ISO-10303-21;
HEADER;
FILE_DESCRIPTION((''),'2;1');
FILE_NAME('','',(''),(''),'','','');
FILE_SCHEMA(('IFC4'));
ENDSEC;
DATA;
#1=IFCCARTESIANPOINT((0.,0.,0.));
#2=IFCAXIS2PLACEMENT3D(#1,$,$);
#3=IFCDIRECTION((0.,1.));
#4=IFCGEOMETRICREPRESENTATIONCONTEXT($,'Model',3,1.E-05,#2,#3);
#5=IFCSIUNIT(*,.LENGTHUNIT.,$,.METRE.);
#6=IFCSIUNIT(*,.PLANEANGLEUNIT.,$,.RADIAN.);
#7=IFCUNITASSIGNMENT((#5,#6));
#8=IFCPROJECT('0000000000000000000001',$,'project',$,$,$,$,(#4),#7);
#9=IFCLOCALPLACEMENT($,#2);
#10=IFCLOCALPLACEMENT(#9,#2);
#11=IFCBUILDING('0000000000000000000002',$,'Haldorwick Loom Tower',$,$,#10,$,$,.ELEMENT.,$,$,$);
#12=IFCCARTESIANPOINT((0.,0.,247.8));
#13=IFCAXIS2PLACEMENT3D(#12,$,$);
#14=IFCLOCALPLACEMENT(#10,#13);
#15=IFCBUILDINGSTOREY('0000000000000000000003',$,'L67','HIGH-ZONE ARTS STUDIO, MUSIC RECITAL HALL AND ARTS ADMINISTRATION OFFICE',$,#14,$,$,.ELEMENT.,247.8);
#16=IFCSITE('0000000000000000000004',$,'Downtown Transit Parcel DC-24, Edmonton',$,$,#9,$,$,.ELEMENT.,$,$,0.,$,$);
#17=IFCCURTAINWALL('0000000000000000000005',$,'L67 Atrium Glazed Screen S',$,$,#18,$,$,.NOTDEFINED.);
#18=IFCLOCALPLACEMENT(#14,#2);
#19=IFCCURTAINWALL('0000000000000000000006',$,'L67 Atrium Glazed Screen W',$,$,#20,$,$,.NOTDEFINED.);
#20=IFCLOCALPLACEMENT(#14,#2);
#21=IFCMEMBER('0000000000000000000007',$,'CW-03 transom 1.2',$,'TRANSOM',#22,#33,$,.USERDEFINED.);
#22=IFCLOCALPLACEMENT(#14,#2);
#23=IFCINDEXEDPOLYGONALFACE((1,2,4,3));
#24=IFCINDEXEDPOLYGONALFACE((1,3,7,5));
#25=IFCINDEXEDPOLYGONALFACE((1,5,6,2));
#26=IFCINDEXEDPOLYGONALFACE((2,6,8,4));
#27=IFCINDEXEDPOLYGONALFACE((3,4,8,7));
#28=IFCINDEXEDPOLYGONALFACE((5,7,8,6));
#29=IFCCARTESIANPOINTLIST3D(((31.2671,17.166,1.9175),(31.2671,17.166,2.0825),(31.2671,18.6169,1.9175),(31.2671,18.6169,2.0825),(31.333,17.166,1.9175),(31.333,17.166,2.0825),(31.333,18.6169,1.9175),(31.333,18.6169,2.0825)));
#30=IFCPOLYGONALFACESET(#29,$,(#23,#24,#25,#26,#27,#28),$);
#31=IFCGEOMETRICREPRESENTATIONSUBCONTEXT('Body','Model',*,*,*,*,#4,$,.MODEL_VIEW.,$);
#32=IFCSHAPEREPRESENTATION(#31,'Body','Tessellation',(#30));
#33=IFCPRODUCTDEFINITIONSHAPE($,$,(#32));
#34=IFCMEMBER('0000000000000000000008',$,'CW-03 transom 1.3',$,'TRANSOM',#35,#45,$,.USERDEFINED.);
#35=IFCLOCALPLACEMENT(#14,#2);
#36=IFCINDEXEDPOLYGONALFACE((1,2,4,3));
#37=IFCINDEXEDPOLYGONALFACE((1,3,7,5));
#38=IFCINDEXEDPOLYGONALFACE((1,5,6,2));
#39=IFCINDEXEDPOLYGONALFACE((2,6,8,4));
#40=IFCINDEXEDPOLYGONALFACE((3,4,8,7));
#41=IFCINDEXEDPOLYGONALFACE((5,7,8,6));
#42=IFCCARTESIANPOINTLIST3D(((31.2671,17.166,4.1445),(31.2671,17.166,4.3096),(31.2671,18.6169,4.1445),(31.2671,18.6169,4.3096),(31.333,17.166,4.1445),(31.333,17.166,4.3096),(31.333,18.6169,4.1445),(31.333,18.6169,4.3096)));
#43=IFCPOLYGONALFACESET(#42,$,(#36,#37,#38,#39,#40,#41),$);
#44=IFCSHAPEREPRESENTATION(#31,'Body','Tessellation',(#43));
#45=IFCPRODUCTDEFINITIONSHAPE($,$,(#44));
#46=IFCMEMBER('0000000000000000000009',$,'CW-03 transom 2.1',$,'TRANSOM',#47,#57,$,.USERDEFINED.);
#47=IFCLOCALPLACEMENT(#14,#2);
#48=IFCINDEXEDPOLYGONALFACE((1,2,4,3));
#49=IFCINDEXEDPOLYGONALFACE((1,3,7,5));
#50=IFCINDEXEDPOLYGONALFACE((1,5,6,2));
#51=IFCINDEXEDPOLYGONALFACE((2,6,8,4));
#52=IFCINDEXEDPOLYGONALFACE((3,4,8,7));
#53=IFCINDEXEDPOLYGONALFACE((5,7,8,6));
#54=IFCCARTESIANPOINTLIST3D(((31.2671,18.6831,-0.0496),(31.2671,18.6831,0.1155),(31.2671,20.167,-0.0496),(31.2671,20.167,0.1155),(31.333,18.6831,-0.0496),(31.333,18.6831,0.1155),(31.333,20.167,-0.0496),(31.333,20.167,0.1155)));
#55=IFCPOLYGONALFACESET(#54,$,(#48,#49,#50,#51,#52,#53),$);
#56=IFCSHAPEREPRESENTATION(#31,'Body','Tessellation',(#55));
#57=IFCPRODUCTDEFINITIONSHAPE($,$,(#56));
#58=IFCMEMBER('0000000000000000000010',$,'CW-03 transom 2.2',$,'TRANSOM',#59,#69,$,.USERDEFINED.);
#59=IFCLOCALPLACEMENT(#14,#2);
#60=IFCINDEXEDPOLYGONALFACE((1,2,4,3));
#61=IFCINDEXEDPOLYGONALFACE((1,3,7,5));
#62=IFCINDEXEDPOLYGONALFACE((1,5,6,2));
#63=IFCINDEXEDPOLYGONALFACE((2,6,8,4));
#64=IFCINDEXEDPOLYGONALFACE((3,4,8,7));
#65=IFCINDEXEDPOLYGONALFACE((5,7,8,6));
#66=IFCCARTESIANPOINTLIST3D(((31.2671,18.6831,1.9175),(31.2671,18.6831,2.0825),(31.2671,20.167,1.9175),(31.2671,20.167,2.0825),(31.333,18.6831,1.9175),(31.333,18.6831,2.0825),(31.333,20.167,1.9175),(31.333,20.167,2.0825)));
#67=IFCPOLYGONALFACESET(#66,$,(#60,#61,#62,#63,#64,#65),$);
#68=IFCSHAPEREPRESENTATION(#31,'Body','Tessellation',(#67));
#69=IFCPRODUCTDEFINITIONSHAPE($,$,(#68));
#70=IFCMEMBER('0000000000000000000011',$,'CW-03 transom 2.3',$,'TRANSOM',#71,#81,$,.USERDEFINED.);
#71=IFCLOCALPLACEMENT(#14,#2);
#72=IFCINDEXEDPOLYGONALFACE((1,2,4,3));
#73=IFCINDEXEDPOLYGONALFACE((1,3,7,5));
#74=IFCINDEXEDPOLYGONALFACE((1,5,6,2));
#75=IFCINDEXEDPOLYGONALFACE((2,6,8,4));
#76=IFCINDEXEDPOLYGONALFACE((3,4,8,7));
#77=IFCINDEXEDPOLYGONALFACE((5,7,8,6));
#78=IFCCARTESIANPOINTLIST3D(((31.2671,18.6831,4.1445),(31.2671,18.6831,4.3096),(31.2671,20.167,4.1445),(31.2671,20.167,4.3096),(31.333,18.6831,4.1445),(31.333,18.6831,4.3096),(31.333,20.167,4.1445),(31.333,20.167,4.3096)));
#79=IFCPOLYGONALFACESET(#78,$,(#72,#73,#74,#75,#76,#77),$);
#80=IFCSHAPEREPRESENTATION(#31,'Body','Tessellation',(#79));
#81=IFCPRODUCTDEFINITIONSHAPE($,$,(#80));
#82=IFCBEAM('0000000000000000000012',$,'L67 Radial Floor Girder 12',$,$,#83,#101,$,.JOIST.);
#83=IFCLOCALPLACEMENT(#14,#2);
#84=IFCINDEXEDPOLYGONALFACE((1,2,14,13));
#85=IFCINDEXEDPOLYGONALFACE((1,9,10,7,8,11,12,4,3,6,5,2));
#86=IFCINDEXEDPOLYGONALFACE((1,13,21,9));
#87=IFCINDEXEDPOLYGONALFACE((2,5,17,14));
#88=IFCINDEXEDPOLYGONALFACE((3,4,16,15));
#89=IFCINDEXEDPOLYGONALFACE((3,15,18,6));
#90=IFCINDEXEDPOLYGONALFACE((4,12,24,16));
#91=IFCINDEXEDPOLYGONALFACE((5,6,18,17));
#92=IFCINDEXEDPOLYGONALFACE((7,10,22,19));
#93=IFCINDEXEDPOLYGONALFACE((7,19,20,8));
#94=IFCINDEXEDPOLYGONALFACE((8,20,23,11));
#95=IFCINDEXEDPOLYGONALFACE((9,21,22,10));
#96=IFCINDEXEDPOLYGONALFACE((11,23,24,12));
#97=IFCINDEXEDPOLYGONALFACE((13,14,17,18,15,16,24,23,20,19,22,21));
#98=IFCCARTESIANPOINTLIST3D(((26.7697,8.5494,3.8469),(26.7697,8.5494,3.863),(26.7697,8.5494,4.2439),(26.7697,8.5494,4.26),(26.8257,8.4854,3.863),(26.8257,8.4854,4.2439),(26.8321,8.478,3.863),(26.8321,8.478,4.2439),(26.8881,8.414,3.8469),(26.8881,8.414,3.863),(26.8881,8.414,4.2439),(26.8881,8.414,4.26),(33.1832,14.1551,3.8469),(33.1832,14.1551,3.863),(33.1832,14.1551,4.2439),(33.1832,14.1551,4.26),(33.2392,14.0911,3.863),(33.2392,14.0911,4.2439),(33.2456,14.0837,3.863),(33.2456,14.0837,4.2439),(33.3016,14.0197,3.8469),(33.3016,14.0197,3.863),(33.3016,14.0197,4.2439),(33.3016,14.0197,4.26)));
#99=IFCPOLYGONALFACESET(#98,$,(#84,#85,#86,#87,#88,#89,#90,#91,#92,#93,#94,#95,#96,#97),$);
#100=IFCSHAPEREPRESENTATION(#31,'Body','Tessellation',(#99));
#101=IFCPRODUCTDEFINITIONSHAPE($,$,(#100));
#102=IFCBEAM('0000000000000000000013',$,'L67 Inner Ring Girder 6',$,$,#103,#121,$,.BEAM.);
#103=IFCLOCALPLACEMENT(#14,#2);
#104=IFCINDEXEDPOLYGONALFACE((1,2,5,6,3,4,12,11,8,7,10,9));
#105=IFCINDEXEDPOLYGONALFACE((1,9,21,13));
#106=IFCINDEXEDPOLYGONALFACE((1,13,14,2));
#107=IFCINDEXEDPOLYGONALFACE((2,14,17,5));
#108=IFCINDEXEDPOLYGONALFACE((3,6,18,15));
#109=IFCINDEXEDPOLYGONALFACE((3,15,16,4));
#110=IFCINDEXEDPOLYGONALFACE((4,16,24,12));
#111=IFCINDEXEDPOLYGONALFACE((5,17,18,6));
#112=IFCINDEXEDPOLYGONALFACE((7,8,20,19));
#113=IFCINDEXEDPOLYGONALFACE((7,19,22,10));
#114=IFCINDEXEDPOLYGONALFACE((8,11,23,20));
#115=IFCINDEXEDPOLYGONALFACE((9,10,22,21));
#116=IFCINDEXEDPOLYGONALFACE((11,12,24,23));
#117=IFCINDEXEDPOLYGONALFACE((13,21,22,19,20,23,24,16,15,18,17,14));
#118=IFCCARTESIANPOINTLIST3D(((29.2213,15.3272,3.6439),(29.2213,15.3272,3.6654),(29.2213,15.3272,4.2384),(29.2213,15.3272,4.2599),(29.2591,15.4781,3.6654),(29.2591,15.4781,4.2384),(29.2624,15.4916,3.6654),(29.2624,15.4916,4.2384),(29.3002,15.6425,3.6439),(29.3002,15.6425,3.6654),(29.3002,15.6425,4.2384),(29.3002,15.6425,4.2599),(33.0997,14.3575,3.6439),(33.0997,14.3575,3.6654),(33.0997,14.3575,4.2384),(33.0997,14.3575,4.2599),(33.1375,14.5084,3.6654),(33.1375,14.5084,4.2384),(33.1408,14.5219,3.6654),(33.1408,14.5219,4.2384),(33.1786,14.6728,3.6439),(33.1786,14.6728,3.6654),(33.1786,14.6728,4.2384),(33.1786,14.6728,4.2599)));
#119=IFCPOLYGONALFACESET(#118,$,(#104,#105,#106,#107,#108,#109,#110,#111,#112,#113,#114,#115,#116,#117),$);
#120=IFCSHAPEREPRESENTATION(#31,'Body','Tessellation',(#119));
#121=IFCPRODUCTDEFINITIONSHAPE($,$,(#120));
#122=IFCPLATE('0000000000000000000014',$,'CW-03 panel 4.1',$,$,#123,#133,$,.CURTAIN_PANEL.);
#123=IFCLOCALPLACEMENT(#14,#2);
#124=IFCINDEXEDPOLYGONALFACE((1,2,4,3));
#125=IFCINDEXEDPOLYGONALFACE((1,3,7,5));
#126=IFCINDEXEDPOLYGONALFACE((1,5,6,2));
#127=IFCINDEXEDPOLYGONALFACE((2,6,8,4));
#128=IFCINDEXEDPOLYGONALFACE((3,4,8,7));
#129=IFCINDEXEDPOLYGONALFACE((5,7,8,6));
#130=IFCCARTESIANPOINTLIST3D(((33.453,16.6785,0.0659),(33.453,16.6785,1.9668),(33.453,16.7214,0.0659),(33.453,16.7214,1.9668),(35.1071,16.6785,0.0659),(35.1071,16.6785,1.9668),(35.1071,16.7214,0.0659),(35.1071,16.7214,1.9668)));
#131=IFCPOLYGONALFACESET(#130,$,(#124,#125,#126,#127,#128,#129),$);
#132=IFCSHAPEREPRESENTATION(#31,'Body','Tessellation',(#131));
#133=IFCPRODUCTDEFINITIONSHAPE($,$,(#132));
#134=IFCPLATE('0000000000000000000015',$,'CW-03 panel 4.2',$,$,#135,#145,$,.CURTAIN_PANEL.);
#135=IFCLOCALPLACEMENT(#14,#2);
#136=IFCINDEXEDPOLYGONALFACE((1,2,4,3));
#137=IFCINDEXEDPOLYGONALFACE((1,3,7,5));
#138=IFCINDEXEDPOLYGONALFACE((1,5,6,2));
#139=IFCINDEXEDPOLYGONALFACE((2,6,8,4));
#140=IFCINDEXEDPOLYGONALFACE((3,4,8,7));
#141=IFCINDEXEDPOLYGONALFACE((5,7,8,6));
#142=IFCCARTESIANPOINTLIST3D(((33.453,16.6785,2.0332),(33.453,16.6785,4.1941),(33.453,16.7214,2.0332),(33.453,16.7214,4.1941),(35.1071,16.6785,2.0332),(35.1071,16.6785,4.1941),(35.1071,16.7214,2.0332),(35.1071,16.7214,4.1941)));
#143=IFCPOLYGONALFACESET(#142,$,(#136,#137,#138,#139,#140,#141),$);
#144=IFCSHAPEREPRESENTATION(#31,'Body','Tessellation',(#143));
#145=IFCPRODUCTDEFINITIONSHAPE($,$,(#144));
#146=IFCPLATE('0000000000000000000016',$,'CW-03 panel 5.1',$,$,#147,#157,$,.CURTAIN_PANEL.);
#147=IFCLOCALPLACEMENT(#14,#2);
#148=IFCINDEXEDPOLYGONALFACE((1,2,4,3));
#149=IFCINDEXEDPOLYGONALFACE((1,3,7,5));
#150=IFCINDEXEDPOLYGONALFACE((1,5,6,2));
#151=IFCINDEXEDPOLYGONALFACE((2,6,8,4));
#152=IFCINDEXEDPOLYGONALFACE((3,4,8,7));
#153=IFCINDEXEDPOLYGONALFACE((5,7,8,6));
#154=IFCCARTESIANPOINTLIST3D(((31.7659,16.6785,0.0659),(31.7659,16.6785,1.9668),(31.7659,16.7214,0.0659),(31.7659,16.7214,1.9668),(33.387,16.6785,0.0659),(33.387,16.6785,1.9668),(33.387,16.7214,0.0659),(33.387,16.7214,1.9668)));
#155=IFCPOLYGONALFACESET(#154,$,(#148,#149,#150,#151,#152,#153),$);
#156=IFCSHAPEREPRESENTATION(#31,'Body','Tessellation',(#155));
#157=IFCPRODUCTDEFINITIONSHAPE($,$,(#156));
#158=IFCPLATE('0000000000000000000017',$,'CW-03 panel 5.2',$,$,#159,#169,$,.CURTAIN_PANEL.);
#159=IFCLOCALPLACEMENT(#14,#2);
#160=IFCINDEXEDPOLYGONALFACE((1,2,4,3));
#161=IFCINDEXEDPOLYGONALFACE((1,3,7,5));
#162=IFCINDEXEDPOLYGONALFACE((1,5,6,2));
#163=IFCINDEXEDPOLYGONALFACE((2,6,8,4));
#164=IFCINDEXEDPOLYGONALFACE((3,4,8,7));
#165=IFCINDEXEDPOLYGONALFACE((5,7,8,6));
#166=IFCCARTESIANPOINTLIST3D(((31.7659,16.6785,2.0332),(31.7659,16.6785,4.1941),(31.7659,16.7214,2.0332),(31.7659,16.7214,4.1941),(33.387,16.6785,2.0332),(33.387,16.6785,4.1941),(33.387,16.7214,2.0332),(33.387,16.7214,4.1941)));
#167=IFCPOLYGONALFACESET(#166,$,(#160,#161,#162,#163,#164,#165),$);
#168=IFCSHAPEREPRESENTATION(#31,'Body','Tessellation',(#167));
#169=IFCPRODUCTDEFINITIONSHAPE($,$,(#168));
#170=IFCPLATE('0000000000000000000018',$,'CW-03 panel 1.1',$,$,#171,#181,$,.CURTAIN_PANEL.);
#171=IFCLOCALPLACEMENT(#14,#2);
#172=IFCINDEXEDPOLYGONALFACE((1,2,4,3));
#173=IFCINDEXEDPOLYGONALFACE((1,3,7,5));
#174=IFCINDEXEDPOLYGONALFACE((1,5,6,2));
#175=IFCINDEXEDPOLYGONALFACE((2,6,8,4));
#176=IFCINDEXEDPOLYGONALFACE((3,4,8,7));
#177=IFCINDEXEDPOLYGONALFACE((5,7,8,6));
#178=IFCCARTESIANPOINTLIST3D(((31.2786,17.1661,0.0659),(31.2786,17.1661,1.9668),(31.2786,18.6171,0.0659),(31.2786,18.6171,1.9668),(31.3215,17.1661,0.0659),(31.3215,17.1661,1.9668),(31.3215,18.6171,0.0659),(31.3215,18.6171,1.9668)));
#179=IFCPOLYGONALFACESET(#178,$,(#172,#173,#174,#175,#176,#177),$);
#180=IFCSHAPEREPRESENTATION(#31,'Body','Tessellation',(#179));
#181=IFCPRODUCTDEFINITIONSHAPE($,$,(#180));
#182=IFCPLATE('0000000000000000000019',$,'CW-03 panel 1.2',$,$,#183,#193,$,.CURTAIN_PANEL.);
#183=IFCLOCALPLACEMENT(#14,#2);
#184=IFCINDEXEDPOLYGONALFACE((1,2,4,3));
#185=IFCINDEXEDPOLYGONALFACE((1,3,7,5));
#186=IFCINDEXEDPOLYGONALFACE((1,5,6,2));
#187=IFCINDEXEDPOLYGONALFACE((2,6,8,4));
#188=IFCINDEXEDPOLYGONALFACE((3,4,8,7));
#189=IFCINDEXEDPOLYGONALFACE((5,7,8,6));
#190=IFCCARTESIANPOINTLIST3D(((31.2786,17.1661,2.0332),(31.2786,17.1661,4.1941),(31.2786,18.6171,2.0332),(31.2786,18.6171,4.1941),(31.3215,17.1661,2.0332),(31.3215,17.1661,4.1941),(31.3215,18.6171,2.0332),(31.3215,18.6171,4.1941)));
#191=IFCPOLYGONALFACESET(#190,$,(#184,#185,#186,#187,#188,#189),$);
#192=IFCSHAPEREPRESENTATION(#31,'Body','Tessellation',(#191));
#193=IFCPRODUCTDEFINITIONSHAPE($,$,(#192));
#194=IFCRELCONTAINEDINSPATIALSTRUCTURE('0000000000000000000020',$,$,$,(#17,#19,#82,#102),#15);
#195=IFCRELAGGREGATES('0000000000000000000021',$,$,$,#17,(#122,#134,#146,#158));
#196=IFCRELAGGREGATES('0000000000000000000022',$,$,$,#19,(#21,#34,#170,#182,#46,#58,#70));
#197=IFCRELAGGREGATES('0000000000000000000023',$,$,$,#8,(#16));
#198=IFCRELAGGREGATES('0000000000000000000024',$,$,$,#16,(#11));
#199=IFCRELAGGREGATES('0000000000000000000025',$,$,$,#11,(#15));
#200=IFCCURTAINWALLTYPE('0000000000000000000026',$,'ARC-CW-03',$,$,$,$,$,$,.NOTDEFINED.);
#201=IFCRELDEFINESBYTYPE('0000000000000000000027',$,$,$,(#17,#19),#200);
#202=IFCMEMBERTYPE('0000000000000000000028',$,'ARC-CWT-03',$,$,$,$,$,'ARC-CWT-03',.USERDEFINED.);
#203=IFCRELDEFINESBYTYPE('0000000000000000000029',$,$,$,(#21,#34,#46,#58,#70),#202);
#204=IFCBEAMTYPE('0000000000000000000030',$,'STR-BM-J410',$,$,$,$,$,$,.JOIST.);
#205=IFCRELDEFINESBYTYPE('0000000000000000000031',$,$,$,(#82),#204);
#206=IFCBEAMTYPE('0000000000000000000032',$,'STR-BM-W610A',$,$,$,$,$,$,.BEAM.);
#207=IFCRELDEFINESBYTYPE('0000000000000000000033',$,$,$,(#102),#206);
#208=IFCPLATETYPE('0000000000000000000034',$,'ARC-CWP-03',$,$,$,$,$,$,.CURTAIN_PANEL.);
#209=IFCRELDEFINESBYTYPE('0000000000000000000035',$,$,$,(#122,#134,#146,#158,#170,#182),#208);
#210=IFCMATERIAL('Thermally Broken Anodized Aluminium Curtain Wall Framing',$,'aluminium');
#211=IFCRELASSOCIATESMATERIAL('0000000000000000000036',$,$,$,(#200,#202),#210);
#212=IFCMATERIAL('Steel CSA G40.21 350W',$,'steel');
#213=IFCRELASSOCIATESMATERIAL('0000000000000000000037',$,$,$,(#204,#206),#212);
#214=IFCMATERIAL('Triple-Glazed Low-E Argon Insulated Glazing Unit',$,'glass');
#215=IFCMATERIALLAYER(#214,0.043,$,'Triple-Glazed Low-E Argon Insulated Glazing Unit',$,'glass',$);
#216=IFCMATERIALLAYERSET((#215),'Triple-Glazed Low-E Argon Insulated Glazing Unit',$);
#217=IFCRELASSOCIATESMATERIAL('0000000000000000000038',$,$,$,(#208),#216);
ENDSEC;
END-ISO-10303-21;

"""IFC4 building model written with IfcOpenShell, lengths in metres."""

from ifc_helpers import new_model, si_unit, direction, frame, origin, origin_2d, place, context, subcontext, project, spatial, rectangle, i_section, extrude, material, layer, layer_set, material_profile, profile_set, type_object, element, aggregate, save


model = new_model("IFC4")

# Units and contexts
model_context = context("Model", 3, precision=1e-05, world=origin(), true_north=direction((0.0, 1.0)))
body_context = subcontext(model_context, "Body", "Model", "MODEL_VIEW")
ifc_project = project(units=[si_unit("LENGTHUNIT", "METRE"), si_unit("PLANEANGLEUNIT", "RADIAN")], contexts=[model_context])

# Site, building, storey
site_placement = place(None, origin())
site = spatial("IfcSite", under=ifc_project, at=site_placement, Name="Downtown Transit Parcel DC-24, Edmonton", CompositionType="ELEMENT", RefElevation=0.0)
building_placement = place(site_placement, origin())
building = spatial("IfcBuilding", under=site, at=building_placement, Name="Haldorwick Loom Tower", CompositionType="ELEMENT")
storey_placement = place(building_placement, frame((0.0, 0.0, 247.8)))
storey = spatial("IfcBuildingStorey", under=building, at=storey_placement, Name="L67", Description="HIGH-ZONE ARTS STUDIO, MUSIC RECITAL HALL AND ARTS ADMINISTRATION OFFICE", CompositionType="ELEMENT", Elevation=247.8)

# Curtain walls
ifc_material_1 = material(Name="Thermally Broken Anodized Aluminium Curtain Wall Framing", Category="aluminium")
curtain_wall_type = type_object("IfcCurtainWallType", Name="ARC-CW-03", PredefinedType="NOTDEFINED", material=ifc_material_1)
curtain_wall_1_placement = place(storey_placement, origin())
curtain_wall_1 = element("IfcCurtainWall", 1, at=curtain_wall_1_placement, inside=storey, type_object=curtain_wall_type, Name="L67 Atrium Glazed Screen S", PredefinedType="NOTDEFINED")
curtain_wall_2_placement = place(storey_placement, origin())
curtain_wall_2 = element("IfcCurtainWall", 2, at=curtain_wall_2_placement, inside=storey, type_object=curtain_wall_type, Name="L67 Atrium Glazed Screen W", PredefinedType="NOTDEFINED")

# Members
ifc_material_profile_1 = material_profile(ifc_material_1, rectangle(XDim=0.0659, YDim=0.165, at=origin_2d()), Name="ALU_TRN_66X165", Category="aluminium")
ifc_profile_set_1 = profile_set([ifc_material_profile_1], Name="Thermally Broken Anodized Aluminium Curtain Wall Framing")
member_type_1 = type_object("IfcMemberType", Name="ARC-CWT-03", ElementType="ARC-CWT-03", PredefinedType="USERDEFINED", material=ifc_profile_set_1)
member_1_placement = place(storey_placement, frame((31.3, 17.166, 2.0), z_axis=(0.0, 1.0, 0.0), x_axis=(-1.0, 0.0, 0.0)))
member_1 = element("IfcMember", 3, at=member_1_placement, type_object=member_type_1, Name="CW-03 transom 1.2", ObjectType="TRANSOM", PredefinedType="USERDEFINED", context=body_context, shape_type="SweptSolid", body=[
    extrude(rectangle(XDim=0.0659, YDim=0.165, at=origin_2d()), origin(), (0.0, 0.0, 1.0), 1.4509),
])
member_2_placement = place(storey_placement, frame((31.3, 17.166, 4.2271), z_axis=(0.0, 1.0, 0.0), x_axis=(-1.0, 0.0, 0.0)))
member_2 = element("IfcMember", 4, at=member_2_placement, type_object=member_type_1, Name="CW-03 transom 1.3", ObjectType="TRANSOM", PredefinedType="USERDEFINED", context=body_context, shape_type="SweptSolid", body=[
    extrude(rectangle(XDim=0.0659, YDim=0.165, at=origin_2d()), origin(), (0.0, 0.0, 1.0), 1.4509),
])
member_3_placement = place(storey_placement, frame((31.3, 18.6831, 0.033), z_axis=(0.0, 1.0, 0.0), x_axis=(-1.0, 0.0, 0.0)))
member_3 = element("IfcMember", 5, at=member_3_placement, type_object=member_type_1, Name="CW-03 transom 2.1", ObjectType="TRANSOM", PredefinedType="USERDEFINED", context=body_context, shape_type="SweptSolid", body=[
    extrude(rectangle(XDim=0.0659, YDim=0.165, at=origin_2d()), origin(), (0.0, 0.0, 1.0), 1.4839),
])
member_4_placement = place(storey_placement, frame((31.3, 18.6831, 2.0), z_axis=(0.0, 1.0, 0.0), x_axis=(-1.0, 0.0, 0.0)))
member_4 = element("IfcMember", 6, at=member_4_placement, type_object=member_type_1, Name="CW-03 transom 2.2", ObjectType="TRANSOM", PredefinedType="USERDEFINED", context=body_context, shape_type="SweptSolid", body=[
    extrude(rectangle(XDim=0.0659, YDim=0.165, at=origin_2d()), origin(), (0.0, 0.0, 1.0), 1.4839),
])
member_5_placement = place(storey_placement, frame((31.3, 18.6831, 4.2271), z_axis=(0.0, 1.0, 0.0), x_axis=(-1.0, 0.0, 0.0)))
member_5 = element("IfcMember", 7, at=member_5_placement, type_object=member_type_1, Name="CW-03 transom 2.3", ObjectType="TRANSOM", PredefinedType="USERDEFINED", context=body_context, shape_type="SweptSolid", body=[
    extrude(rectangle(XDim=0.0659, YDim=0.165, at=origin_2d()), origin(), (0.0, 0.0, 1.0), 1.4839),
])

# Beams
ifc_material_2 = material(Name="Steel CSA G40.21 350W", Category="steel")
ifc_material_profile_2 = material_profile(ifc_material_2, i_section(OverallWidth=0.1799, OverallDepth=0.4131, WebThickness=0.0098, FlangeThickness=0.0161, at=origin_2d()), Name="W410X74", Category="steel")
ifc_profile_set_2 = profile_set([ifc_material_profile_2], Name="Steel CSA G40.21 350W")
beam_type_1 = type_object("IfcBeamType", Name="STR-BM-J410", PredefinedType="JOIST", material=ifc_profile_set_2)
beam_1_placement = place(storey_placement, frame((33.2424, 14.0874, 4.0535), z_axis=(-0.752935, -0.658095, 0.0), x_axis=(0.658095, -0.752935, 0.0)))
element("IfcBeam", 8, at=beam_1_placement, inside=storey, type_object=beam_type_1, Name="L67 Radial Floor Girder 12", PredefinedType="JOIST", context=body_context, shape_type="SweptSolid", body=[
    extrude(i_section(OverallWidth=0.1799, OverallDepth=0.4131, WebThickness=0.0098, FlangeThickness=0.0161, at=origin_2d()), origin(), (0.0, 0.0, 1.0), 8.5181),
])
ifc_material_profile_3 = material_profile(ifc_material_2, i_section(OverallWidth=0.325, OverallDepth=0.616, WebThickness=0.0139, FlangeThickness=0.0215, at=origin_2d()), Name="W610X174", Category="steel")
ifc_profile_set_3 = profile_set([ifc_material_profile_3], Name="Steel CSA G40.21 350W")
beam_type_2 = type_object("IfcBeamType", Name="STR-BM-W610A", PredefinedType="BEAM", material=ifc_profile_set_3)
beam_2_placement = place(storey_placement, frame((33.1392, 14.5151, 3.9519), z_axis=(-0.970135, 0.242564, 0.0), x_axis=(-0.242564, -0.970135, 0.0)))
element("IfcBeam", 9, at=beam_2_placement, inside=storey, type_object=beam_type_2, Name="L67 Inner Ring Girder 6", PredefinedType="BEAM", context=body_context, shape_type="SweptSolid", body=[
    extrude(i_section(OverallWidth=0.325, OverallDepth=0.616, WebThickness=0.0139, FlangeThickness=0.0215, at=origin_2d()), origin(), (0.0, 0.0, 1.0), 3.9978),
])

# Plates
ifc_material_3 = material(Name="Triple-Glazed Low-E Argon Insulated Glazing Unit", Category="glass")
ifc_layer_1 = layer(ifc_material_3, 0.043, Name="Triple-Glazed Low-E Argon Insulated Glazing Unit", Category="glass")
ifc_layer_set_1 = layer_set([ifc_layer_1], Name="Triple-Glazed Low-E Argon Insulated Glazing Unit")
plate_type = type_object("IfcPlateType", Name="ARC-CWP-03", PredefinedType="CURTAIN_PANEL", material=ifc_layer_set_1)
plate_1_placement = place(storey_placement, frame((34.28, 16.7, 0.0659), z_axis=(0.0, 0.0, 1.0), x_axis=(-1.0, 0.0, 0.0)))
plate_1 = element("IfcPlate", 10, at=plate_1_placement, type_object=plate_type, Name="CW-03 panel 4.1", PredefinedType="CURTAIN_PANEL", context=body_context, shape_type="SweptSolid", body=[
    extrude(rectangle(XDim=1.6541, YDim=0.043, at=origin_2d()), origin(), (0.0, 0.0, 1.0), 1.9009),
])
plate_2_placement = place(storey_placement, frame((34.28, 16.7, 2.0332), z_axis=(0.0, 0.0, 1.0), x_axis=(-1.0, 0.0, 0.0)))
plate_2 = element("IfcPlate", 11, at=plate_2_placement, type_object=plate_type, Name="CW-03 panel 4.2", PredefinedType="CURTAIN_PANEL", context=body_context, shape_type="SweptSolid", body=[
    extrude(rectangle(XDim=1.6541, YDim=0.043, at=origin_2d()), origin(), (0.0, 0.0, 1.0), 2.1609),
])
plate_3_placement = place(storey_placement, frame((32.5764, 16.7, 0.0659), z_axis=(0.0, 0.0, 1.0), x_axis=(-1.0, 0.0, 0.0)))
plate_3 = element("IfcPlate", 12, at=plate_3_placement, type_object=plate_type, Name="CW-03 panel 5.1", PredefinedType="CURTAIN_PANEL", context=body_context, shape_type="SweptSolid", body=[
    extrude(rectangle(XDim=1.6211, YDim=0.043, at=origin_2d()), origin(), (0.0, 0.0, 1.0), 1.9009),
])
plate_4_placement = place(storey_placement, frame((32.5764, 16.7, 2.0332), z_axis=(0.0, 0.0, 1.0), x_axis=(-1.0, 0.0, 0.0)))
plate_4 = element("IfcPlate", 13, at=plate_4_placement, type_object=plate_type, Name="CW-03 panel 5.2", PredefinedType="CURTAIN_PANEL", context=body_context, shape_type="SweptSolid", body=[
    extrude(rectangle(XDim=1.6211, YDim=0.043, at=origin_2d()), origin(), (0.0, 0.0, 1.0), 2.1609),
])
aggregate(curtain_wall_1, [plate_1, plate_2, plate_3, plate_4])
plate_5_placement = place(storey_placement, frame((31.3, 17.8916, 0.0659), z_axis=(0.0, 0.0, 1.0), x_axis=(0.0, 1.0, 0.0)))
plate_5 = element("IfcPlate", 14, at=plate_5_placement, type_object=plate_type, Name="CW-03 panel 1.1", PredefinedType="CURTAIN_PANEL", context=body_context, shape_type="SweptSolid", body=[
    extrude(rectangle(XDim=1.4509, YDim=0.043, at=origin_2d()), origin(), (0.0, 0.0, 1.0), 1.9009),
])
plate_6_placement = place(storey_placement, frame((31.3, 17.8916, 2.0332), z_axis=(0.0, 0.0, 1.0), x_axis=(0.0, 1.0, 0.0)))
plate_6 = element("IfcPlate", 15, at=plate_6_placement, type_object=plate_type, Name="CW-03 panel 1.2", PredefinedType="CURTAIN_PANEL", context=body_context, shape_type="SweptSolid", body=[
    extrude(rectangle(XDim=1.4509, YDim=0.043, at=origin_2d()), origin(), (0.0, 0.0, 1.0), 2.1609),
])
aggregate(curtain_wall_2, [member_1, member_2, plate_5, plate_6, member_3, member_4, member_5])

save(model, "model.ifc")
